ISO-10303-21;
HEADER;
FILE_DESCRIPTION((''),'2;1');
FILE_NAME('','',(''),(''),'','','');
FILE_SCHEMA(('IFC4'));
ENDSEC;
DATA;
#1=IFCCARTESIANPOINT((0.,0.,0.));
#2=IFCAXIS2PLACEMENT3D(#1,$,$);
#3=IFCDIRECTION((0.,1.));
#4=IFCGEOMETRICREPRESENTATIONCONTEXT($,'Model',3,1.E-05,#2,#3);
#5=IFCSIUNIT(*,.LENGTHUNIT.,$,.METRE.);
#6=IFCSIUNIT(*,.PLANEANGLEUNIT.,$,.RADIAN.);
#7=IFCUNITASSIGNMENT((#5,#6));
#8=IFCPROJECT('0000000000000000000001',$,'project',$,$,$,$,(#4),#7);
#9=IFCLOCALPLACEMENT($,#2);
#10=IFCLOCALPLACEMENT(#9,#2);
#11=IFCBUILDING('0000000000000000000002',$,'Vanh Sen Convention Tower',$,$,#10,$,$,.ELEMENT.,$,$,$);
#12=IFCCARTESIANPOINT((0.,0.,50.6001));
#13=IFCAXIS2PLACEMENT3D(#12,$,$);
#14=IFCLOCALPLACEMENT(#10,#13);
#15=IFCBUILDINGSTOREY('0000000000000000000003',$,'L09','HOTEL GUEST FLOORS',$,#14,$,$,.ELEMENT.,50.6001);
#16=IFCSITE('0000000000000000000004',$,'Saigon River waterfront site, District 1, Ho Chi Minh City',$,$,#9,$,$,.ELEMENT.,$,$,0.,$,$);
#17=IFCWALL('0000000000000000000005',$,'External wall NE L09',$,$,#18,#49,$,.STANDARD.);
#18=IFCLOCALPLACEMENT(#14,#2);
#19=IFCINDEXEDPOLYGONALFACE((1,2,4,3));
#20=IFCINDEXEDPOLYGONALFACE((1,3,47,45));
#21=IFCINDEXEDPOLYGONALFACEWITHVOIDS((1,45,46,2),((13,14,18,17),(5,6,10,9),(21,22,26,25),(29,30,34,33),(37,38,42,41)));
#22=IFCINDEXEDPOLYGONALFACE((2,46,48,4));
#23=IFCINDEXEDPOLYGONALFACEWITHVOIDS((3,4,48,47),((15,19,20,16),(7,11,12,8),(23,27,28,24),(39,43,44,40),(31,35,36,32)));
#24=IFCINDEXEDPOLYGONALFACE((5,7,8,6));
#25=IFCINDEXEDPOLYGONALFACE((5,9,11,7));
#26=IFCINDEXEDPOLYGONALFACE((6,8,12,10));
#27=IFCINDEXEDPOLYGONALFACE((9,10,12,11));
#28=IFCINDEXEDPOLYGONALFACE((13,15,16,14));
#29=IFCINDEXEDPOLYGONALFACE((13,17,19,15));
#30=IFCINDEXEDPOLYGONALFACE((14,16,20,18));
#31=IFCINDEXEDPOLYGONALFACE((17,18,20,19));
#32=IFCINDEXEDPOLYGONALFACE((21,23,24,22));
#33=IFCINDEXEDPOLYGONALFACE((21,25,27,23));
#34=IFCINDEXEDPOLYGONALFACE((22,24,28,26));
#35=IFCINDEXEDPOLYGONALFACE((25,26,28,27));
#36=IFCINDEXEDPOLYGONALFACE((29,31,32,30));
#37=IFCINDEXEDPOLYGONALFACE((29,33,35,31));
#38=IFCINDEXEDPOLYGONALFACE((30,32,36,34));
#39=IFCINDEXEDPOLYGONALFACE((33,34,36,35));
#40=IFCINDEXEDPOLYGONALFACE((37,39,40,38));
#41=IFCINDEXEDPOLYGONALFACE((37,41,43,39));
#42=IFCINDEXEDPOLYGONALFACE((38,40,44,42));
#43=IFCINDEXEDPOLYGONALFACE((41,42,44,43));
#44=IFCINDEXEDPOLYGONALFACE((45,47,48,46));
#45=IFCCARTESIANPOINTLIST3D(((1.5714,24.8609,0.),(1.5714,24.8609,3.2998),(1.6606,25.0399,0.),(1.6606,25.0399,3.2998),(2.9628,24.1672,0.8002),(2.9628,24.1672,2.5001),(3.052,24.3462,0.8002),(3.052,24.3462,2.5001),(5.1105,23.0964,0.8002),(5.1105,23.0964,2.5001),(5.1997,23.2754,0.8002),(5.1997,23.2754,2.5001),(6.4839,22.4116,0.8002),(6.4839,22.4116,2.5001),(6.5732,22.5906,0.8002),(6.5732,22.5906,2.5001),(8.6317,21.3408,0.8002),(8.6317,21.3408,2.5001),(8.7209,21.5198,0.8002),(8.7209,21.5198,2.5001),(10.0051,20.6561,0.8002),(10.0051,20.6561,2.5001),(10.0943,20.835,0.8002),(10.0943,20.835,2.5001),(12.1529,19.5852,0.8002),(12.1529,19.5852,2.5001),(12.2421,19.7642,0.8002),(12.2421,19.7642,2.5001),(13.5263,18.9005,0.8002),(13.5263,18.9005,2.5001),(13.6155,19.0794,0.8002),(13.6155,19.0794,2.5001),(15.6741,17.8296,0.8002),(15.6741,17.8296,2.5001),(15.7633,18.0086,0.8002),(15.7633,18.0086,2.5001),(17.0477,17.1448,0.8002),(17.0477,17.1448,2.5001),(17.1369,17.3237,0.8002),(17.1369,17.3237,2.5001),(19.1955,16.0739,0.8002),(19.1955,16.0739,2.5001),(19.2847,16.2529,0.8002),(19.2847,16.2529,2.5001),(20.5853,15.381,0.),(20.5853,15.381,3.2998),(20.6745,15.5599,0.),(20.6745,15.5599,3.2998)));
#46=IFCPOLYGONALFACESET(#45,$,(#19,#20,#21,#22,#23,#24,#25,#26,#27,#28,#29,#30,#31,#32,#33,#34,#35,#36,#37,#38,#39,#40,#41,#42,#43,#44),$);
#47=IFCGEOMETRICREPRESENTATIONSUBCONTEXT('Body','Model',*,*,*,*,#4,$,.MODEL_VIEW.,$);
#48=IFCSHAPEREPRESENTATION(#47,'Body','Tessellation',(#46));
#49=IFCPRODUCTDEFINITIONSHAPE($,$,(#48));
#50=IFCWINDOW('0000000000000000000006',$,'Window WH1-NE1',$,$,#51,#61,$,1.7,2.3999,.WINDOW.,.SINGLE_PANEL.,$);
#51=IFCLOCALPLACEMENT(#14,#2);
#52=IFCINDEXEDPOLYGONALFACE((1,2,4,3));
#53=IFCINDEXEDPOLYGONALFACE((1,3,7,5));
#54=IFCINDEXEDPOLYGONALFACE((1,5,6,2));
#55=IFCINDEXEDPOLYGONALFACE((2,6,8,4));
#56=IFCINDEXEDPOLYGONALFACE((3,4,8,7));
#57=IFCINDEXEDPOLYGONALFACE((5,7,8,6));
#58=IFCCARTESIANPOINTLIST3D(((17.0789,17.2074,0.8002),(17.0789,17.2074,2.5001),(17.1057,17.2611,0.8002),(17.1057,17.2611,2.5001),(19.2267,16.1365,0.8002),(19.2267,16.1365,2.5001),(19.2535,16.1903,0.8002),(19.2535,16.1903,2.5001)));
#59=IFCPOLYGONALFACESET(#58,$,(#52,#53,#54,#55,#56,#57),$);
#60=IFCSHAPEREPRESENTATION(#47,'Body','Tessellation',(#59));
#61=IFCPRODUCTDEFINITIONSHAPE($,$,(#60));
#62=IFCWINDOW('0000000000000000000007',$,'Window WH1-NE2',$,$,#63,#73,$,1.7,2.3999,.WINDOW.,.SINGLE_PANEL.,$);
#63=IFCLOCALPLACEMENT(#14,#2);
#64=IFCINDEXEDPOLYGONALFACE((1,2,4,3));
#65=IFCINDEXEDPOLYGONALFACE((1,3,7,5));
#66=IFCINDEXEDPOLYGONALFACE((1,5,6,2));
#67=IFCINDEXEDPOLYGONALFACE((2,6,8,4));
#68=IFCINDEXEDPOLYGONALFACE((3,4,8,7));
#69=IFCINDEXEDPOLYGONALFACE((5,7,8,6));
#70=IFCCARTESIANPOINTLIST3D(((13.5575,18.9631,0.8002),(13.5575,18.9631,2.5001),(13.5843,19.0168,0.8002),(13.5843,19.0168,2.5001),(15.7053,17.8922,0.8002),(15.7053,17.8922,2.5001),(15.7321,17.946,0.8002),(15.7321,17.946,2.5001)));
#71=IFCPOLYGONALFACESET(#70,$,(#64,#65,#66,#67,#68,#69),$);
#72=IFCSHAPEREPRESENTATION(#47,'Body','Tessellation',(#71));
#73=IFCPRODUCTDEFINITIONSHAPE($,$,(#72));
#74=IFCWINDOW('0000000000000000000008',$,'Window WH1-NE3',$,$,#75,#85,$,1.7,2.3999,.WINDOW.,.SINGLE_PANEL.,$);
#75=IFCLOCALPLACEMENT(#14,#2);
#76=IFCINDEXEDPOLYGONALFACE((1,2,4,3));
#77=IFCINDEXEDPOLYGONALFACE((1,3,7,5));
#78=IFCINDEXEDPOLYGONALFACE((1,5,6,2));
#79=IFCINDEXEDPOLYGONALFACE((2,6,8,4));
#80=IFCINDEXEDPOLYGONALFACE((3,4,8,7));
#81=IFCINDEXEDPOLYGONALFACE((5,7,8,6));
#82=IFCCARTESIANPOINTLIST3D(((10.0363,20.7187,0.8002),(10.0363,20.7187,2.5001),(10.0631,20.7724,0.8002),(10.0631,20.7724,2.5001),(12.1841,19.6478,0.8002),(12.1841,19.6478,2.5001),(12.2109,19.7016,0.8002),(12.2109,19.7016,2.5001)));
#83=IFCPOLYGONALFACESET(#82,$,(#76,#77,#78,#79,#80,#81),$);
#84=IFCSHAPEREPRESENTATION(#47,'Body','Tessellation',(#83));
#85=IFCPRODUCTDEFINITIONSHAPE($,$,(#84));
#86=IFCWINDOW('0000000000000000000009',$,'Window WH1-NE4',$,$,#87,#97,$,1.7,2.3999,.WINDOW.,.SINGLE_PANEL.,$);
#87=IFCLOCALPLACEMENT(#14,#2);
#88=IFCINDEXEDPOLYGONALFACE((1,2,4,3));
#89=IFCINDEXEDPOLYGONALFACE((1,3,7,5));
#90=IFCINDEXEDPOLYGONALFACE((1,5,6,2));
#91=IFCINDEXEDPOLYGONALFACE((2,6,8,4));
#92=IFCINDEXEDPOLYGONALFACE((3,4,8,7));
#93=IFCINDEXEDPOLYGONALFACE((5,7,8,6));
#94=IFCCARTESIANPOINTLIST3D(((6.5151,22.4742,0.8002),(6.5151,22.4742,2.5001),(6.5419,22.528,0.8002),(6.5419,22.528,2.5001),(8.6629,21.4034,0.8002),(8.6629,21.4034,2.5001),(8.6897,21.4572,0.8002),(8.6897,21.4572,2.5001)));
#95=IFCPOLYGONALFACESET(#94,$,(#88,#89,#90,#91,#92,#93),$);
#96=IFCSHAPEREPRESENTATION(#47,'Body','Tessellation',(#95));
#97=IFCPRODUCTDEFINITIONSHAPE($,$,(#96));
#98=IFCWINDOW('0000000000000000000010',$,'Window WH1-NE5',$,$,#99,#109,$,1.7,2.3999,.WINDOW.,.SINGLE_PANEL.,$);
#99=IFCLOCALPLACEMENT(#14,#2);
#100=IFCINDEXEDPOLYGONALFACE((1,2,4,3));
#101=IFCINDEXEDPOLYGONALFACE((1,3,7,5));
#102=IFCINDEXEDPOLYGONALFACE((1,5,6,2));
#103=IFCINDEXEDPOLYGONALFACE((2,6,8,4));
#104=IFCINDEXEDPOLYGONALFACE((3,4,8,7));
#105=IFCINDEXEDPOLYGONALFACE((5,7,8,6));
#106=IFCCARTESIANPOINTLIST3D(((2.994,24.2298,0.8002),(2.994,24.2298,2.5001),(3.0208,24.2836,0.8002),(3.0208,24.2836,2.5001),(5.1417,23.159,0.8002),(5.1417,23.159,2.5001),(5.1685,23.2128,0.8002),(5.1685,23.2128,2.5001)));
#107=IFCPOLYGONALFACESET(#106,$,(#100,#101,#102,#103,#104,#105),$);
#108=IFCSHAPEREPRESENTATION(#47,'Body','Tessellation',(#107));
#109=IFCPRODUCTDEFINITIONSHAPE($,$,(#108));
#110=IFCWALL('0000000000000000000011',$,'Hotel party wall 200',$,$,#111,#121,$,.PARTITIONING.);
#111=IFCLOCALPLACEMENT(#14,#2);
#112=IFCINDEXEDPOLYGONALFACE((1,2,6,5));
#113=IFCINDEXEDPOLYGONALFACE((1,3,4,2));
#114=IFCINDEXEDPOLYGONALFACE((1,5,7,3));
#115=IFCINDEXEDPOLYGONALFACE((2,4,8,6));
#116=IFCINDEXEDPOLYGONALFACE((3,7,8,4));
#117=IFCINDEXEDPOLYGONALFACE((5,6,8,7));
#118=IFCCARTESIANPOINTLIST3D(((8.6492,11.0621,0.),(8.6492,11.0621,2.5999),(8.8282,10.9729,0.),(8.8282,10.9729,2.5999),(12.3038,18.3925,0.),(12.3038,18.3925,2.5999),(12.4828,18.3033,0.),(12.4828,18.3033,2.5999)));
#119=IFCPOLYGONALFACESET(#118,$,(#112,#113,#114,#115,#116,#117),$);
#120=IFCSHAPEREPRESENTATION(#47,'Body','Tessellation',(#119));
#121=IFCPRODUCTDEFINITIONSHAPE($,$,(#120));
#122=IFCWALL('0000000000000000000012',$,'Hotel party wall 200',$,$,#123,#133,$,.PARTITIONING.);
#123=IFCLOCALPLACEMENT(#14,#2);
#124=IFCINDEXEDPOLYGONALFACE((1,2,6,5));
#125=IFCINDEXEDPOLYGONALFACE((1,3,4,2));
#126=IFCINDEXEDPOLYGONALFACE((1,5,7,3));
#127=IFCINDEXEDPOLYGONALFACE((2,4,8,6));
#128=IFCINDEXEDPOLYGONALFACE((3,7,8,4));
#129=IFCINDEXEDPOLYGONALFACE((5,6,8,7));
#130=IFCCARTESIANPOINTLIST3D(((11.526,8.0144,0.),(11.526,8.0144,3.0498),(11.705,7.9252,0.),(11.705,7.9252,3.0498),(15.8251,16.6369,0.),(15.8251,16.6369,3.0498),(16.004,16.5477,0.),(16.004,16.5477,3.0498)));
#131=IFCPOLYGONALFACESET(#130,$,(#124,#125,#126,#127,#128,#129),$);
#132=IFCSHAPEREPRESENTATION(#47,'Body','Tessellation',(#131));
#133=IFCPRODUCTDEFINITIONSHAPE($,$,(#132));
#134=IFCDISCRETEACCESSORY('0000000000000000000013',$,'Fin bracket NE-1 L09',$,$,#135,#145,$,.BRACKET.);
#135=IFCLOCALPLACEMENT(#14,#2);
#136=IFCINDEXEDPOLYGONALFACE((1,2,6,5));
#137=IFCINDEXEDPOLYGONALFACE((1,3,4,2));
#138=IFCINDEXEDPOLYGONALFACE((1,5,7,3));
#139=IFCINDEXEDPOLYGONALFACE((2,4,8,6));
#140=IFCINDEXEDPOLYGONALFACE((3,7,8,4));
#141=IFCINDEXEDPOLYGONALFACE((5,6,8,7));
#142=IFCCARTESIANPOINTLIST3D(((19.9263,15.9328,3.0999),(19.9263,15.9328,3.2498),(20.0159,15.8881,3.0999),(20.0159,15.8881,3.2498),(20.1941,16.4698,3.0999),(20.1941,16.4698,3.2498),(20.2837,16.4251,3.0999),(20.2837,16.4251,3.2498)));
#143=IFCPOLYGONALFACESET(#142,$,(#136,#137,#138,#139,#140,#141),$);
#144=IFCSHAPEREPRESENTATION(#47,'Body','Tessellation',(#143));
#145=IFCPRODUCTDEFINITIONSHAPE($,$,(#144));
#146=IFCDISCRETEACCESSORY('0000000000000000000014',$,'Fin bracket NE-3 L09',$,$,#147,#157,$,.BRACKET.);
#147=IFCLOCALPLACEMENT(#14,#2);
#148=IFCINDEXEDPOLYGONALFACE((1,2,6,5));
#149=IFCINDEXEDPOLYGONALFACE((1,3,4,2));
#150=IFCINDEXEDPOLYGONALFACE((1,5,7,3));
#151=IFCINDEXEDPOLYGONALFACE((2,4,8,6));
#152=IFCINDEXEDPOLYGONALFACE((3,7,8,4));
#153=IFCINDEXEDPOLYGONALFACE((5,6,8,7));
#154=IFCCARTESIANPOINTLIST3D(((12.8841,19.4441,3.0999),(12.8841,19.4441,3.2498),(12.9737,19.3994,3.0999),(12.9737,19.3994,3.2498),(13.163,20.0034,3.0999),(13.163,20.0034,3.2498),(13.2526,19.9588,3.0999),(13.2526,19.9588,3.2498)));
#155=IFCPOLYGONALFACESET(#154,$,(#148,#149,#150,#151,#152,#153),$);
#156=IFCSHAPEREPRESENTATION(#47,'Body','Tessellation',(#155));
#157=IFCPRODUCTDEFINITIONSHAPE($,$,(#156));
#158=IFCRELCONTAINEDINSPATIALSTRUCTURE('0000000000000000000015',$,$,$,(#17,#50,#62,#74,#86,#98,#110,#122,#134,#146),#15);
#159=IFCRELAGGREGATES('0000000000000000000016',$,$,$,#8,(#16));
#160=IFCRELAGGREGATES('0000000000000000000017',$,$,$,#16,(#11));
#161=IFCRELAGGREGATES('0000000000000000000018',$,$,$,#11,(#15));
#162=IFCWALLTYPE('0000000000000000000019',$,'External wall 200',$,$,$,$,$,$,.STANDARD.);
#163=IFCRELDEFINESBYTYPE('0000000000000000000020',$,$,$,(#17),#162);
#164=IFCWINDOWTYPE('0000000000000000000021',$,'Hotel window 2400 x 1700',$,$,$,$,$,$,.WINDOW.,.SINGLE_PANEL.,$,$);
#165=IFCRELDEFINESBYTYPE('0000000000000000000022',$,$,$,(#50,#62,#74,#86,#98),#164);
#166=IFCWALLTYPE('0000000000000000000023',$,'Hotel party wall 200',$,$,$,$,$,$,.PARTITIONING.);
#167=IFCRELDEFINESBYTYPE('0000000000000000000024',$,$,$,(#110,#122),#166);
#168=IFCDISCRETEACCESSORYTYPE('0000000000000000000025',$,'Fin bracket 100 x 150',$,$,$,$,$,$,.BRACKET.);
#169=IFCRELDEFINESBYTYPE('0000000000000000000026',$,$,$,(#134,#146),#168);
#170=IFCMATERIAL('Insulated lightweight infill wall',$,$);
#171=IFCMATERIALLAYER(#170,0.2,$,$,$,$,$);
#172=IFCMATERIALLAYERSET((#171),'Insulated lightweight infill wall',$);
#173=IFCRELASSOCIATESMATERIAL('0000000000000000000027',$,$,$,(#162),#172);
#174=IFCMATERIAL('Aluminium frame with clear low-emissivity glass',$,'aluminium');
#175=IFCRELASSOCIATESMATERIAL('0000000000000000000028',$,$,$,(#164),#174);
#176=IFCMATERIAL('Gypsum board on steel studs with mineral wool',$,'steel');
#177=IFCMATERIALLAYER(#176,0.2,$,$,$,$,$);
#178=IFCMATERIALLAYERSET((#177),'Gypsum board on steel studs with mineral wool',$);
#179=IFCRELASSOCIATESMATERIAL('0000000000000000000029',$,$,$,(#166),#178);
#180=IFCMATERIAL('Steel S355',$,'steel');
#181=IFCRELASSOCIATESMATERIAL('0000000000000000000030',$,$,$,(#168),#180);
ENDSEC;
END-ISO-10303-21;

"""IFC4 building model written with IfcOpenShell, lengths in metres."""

from ifc_helpers import new_model, si_unit, direction, frame, frame_2d, origin, origin_2d, place, context, subcontext, project, spatial, rectangle, extrude, material, layer, layer_set, type_object, element, fill, save


model = new_model("IFC4")

# Units and contexts
model_context = context("Model", 3, precision=1e-05, world=origin(), true_north=direction((0.0, 1.0)))
body_context = subcontext(model_context, "Body", "Model", "MODEL_VIEW")
ifc_project = project(units=[si_unit("LENGTHUNIT", "METRE"), si_unit("PLANEANGLEUNIT", "RADIAN")], contexts=[model_context])

# Site, building, storey
site_placement = place(None, origin())
site = spatial("IfcSite", under=ifc_project, at=site_placement, Name="Saigon River waterfront site, District 1, Ho Chi Minh City", CompositionType="ELEMENT", RefElevation=0.0)
building_placement = place(site_placement, origin())
building = spatial("IfcBuilding", under=site, at=building_placement, Name="Vanh Sen Convention Tower", CompositionType="ELEMENT")
storey_placement = place(building_placement, frame((0.0, 0.0, 50.6001)))
storey = spatial("IfcBuildingStorey", under=building, at=storey_placement, Name="L09", Description="HOTEL GUEST FLOORS", CompositionType="ELEMENT", Elevation=50.6001)

# Wall, openings, windows
ifc_material_1 = material(Name="Insulated lightweight infill wall")
ifc_layer_1 = layer(ifc_material_1, 0.2)
ifc_layer_set_1 = layer_set([ifc_layer_1], Name="Insulated lightweight infill wall")
wall_type_1 = type_object("IfcWallType", Name="External wall 200", PredefinedType="STANDARD", material=ifc_layer_set_1)
wall_1_placement = place(storey_placement, frame((20.6299, 15.4705, 0.0), z_axis=(0.0, 0.0, 1.0), x_axis=(-0.894935, 0.446197, 0.0)))
wall_1 = element("IfcWall", 1, at=wall_1_placement, inside=storey, type_object=wall_type_1, Name="External wall NE L09", PredefinedType="STANDARD", context=body_context, shape_type="SweptSolid", body=[
    extrude(rectangle(XDim=21.2461, YDim=0.2, at=frame_2d((10.623, 0.0))), origin(), (0.0, 0.0, 1.0), 3.2998),
])
opening_1_placement = place(wall_1_placement, frame((1.553, 0.0, 0.8)))
opening_1 = element("IfcOpeningElement", 2, at=opening_1_placement, cuts=wall_1, PredefinedType="OPENING", context=body_context, shape_type="SweptSolid", body=[
    extrude(rectangle(XDim=2.3999, YDim=1.7, at=frame_2d((1.2, 0.8501))), frame((0.0, 0.1099, 0.0), z_axis=(0.0, -1.0, 0.0), x_axis=(1.0, 0.0, 0.0)), (0.0, 0.0, 1.0), 0.22),
])
opening_2_placement = place(wall_1_placement, frame((5.4878, 0.0, 0.8)))
opening_2 = element("IfcOpeningElement", 3, at=opening_2_placement, cuts=wall_1, PredefinedType="OPENING", context=body_context, shape_type="SweptSolid", body=[
    extrude(rectangle(XDim=2.3999, YDim=1.7, at=frame_2d((1.2, 0.8501))), frame((0.0, 0.1099, 0.0), z_axis=(0.0, -1.0, 0.0), x_axis=(1.0, 0.0, 0.0)), (0.0, 0.0, 1.0), 0.22),
])
opening_3_placement = place(wall_1_placement, frame((9.4224, 0.0, 0.8)))
opening_3 = element("IfcOpeningElement", 4, at=opening_3_placement, cuts=wall_1, PredefinedType="OPENING", context=body_context, shape_type="SweptSolid", body=[
    extrude(rectangle(XDim=2.3999, YDim=1.7, at=frame_2d((1.2, 0.8501))), frame((0.0, 0.1099, 0.0), z_axis=(0.0, -1.0, 0.0), x_axis=(1.0, 0.0, 0.0)), (0.0, 0.0, 1.0), 0.22),
])
opening_4_placement = place(wall_1_placement, frame((13.3569, 0.0, 0.8)))
opening_4 = element("IfcOpeningElement", 5, at=opening_4_placement, cuts=wall_1, PredefinedType="OPENING", context=body_context, shape_type="SweptSolid", body=[
    extrude(rectangle(XDim=2.3999, YDim=1.7, at=frame_2d((1.2, 0.8501))), frame((0.0, 0.1099, 0.0), z_axis=(0.0, -1.0, 0.0), x_axis=(1.0, 0.0, 0.0)), (0.0, 0.0, 1.0), 0.22),
])
opening_5_placement = place(wall_1_placement, frame((17.2915, 0.0, 0.8)))
opening_5 = element("IfcOpeningElement", 6, at=opening_5_placement, cuts=wall_1, PredefinedType="OPENING", context=body_context, shape_type="SweptSolid", body=[
    extrude(rectangle(XDim=2.3999, YDim=1.7, at=frame_2d((1.2, 0.8501))), frame((0.0, 0.1099, 0.0), z_axis=(0.0, -1.0, 0.0), x_axis=(1.0, 0.0, 0.0)), (0.0, 0.0, 1.0), 0.22),
])
ifc_material_2 = material(Name="Aluminium frame with clear low-emissivity glass", Category="aluminium")
window_type = type_object("IfcWindowType", Name="Hotel window 2400 x 1700", PartitioningType="SINGLE_PANEL", PredefinedType="WINDOW", material=ifc_material_2)
window_1_placement = place(opening_1_placement, origin())
window_1 = element("IfcWindow", 7, at=window_1_placement, inside=storey, type_object=window_type, Name="Window WH1-NE1", OverallHeight=1.7, OverallWidth=2.3999, PartitioningType="SINGLE_PANEL", PredefinedType="WINDOW", context=body_context, shape_type="SweptSolid", body=[
    extrude(rectangle(XDim=2.3999, YDim=1.7, at=frame_2d((1.2, 0.8501))), frame((0.0, 0.03, 0.0), z_axis=(0.0, -1.0, 0.0), x_axis=(1.0, 0.0, 0.0)), (0.0, 0.0, 1.0), 0.0601),
])
fill(opening_1, window_1)
window_2_placement = place(opening_2_placement, origin())
window_2 = element("IfcWindow", 8, at=window_2_placement, inside=storey, type_object=window_type, Name="Window WH1-NE2", OverallHeight=1.7, OverallWidth=2.3999, PartitioningType="SINGLE_PANEL", PredefinedType="WINDOW", context=body_context, shape_type="SweptSolid", body=[
    extrude(rectangle(XDim=2.3999, YDim=1.7, at=frame_2d((1.2, 0.8501))), frame((0.0, 0.03, 0.0), z_axis=(0.0, -1.0, 0.0), x_axis=(1.0, 0.0, 0.0)), (0.0, 0.0, 1.0), 0.0601),
])
fill(opening_2, window_2)
window_3_placement = place(opening_3_placement, origin())
window_3 = element("IfcWindow", 9, at=window_3_placement, inside=storey, type_object=window_type, Name="Window WH1-NE3", OverallHeight=1.7, OverallWidth=2.3999, PartitioningType="SINGLE_PANEL", PredefinedType="WINDOW", context=body_context, shape_type="SweptSolid", body=[
    extrude(rectangle(XDim=2.3999, YDim=1.7, at=frame_2d((1.2, 0.8501))), frame((0.0, 0.03, 0.0), z_axis=(0.0, -1.0, 0.0), x_axis=(1.0, 0.0, 0.0)), (0.0, 0.0, 1.0), 0.0601),
])
fill(opening_3, window_3)
window_4_placement = place(opening_4_placement, origin())
window_4 = element("IfcWindow", 10, at=window_4_placement, inside=storey, type_object=window_type, Name="Window WH1-NE4", OverallHeight=1.7, OverallWidth=2.3999, PartitioningType="SINGLE_PANEL", PredefinedType="WINDOW", context=body_context, shape_type="SweptSolid", body=[
    extrude(rectangle(XDim=2.3999, YDim=1.7, at=frame_2d((1.2, 0.8501))), frame((0.0, 0.03, 0.0), z_axis=(0.0, -1.0, 0.0), x_axis=(1.0, 0.0, 0.0)), (0.0, 0.0, 1.0), 0.0601),
])
fill(opening_4, window_4)
window_5_placement = place(opening_5_placement, origin())
window_5 = element("IfcWindow", 11, at=window_5_placement, inside=storey, type_object=window_type, Name="Window WH1-NE5", OverallHeight=1.7, OverallWidth=2.3999, PartitioningType="SINGLE_PANEL", PredefinedType="WINDOW", context=body_context, shape_type="SweptSolid", body=[
    extrude(rectangle(XDim=2.3999, YDim=1.7, at=frame_2d((1.2, 0.8501))), frame((0.0, 0.03, 0.0), z_axis=(0.0, -1.0, 0.0), x_axis=(1.0, 0.0, 0.0)), (0.0, 0.0, 1.0), 0.0601),
])
fill(opening_5, window_5)

# Walls
ifc_material_3 = material(Name="Gypsum board on steel studs with mineral wool", Category="steel")
ifc_layer_2 = layer(ifc_material_3, 0.2)
ifc_layer_set_2 = layer_set([ifc_layer_2], Name="Gypsum board on steel studs with mineral wool")
wall_type_2 = type_object("IfcWallType", Name="Hotel party wall 200", PredefinedType="PARTITIONING", material=ifc_layer_set_2)
wall_2_placement = place(storey_placement, frame((12.3933, 18.3479, 0.0), z_axis=(0.0, 0.0, 1.0), x_axis=(-0.446176, -0.894945, 0.0)))
element("IfcWall", 12, at=wall_2_placement, inside=storey, type_object=wall_type_2, Name="Hotel party wall 200", PredefinedType="PARTITIONING", context=body_context, shape_type="SweptSolid", body=[
    extrude(rectangle(XDim=8.1909, YDim=0.2, at=frame_2d((4.0955, 0.0))), origin(), (0.0, 0.0, 1.0), 2.5999),
])
wall_3_placement = place(storey_placement, frame((15.9146, 16.5923, 0.0), z_axis=(0.0, 0.0, 1.0), x_axis=(-0.4462, -0.894933, 0.0)))
element("IfcWall", 13, at=wall_3_placement, inside=storey, type_object=wall_type_2, Name="Hotel party wall 200", PredefinedType="PARTITIONING", context=body_context, shape_type="SweptSolid", body=[
    extrude(rectangle(XDim=9.6348, YDim=0.2, at=frame_2d((4.8174, 0.0))), origin(), (0.0, 0.0, 1.0), 3.0498),
])

# Discrete accessories
ifc_material_4 = material(Name="Steel S355", Category="steel")
discrete_accessory_type = type_object("IfcDiscreteAccessoryType", Name="Fin bracket 100 x 150", PredefinedType="BRACKET", material=ifc_material_4)
discrete_accessory_1_placement = place(storey_placement, frame((20.105, 16.179, 3.0999), z_axis=(0.0, 0.0, 1.0), x_axis=(0.446198, 0.894934, 0.0)))
element("IfcDiscreteAccessory", 14, at=discrete_accessory_1_placement, inside=storey, type_object=discrete_accessory_type, Name="Fin bracket NE-1 L09", PredefinedType="BRACKET", context=body_context, shape_type="SweptSolid", body=[
    extrude(rectangle(XDim=0.6001, YDim=0.1001, at=origin_2d()), origin(), (0.0, 0.0, 1.0), 0.1499),
])
discrete_accessory_2_placement = place(storey_placement, frame((13.0684, 19.7014, 3.0999), z_axis=(0.0, 0.0, 1.0), x_axis=(0.446198, 0.894934, 0.0)))
element("IfcDiscreteAccessory", 15, at=discrete_accessory_2_placement, inside=storey, type_object=discrete_accessory_type, Name="Fin bracket NE-3 L09", PredefinedType="BRACKET", context=body_context, shape_type="SweptSolid", body=[
    extrude(rectangle(XDim=0.625, YDim=0.1001, at=origin_2d()), origin(), (0.0, 0.0, 1.0), 0.1499),
])

save(model, "model.ifc")
